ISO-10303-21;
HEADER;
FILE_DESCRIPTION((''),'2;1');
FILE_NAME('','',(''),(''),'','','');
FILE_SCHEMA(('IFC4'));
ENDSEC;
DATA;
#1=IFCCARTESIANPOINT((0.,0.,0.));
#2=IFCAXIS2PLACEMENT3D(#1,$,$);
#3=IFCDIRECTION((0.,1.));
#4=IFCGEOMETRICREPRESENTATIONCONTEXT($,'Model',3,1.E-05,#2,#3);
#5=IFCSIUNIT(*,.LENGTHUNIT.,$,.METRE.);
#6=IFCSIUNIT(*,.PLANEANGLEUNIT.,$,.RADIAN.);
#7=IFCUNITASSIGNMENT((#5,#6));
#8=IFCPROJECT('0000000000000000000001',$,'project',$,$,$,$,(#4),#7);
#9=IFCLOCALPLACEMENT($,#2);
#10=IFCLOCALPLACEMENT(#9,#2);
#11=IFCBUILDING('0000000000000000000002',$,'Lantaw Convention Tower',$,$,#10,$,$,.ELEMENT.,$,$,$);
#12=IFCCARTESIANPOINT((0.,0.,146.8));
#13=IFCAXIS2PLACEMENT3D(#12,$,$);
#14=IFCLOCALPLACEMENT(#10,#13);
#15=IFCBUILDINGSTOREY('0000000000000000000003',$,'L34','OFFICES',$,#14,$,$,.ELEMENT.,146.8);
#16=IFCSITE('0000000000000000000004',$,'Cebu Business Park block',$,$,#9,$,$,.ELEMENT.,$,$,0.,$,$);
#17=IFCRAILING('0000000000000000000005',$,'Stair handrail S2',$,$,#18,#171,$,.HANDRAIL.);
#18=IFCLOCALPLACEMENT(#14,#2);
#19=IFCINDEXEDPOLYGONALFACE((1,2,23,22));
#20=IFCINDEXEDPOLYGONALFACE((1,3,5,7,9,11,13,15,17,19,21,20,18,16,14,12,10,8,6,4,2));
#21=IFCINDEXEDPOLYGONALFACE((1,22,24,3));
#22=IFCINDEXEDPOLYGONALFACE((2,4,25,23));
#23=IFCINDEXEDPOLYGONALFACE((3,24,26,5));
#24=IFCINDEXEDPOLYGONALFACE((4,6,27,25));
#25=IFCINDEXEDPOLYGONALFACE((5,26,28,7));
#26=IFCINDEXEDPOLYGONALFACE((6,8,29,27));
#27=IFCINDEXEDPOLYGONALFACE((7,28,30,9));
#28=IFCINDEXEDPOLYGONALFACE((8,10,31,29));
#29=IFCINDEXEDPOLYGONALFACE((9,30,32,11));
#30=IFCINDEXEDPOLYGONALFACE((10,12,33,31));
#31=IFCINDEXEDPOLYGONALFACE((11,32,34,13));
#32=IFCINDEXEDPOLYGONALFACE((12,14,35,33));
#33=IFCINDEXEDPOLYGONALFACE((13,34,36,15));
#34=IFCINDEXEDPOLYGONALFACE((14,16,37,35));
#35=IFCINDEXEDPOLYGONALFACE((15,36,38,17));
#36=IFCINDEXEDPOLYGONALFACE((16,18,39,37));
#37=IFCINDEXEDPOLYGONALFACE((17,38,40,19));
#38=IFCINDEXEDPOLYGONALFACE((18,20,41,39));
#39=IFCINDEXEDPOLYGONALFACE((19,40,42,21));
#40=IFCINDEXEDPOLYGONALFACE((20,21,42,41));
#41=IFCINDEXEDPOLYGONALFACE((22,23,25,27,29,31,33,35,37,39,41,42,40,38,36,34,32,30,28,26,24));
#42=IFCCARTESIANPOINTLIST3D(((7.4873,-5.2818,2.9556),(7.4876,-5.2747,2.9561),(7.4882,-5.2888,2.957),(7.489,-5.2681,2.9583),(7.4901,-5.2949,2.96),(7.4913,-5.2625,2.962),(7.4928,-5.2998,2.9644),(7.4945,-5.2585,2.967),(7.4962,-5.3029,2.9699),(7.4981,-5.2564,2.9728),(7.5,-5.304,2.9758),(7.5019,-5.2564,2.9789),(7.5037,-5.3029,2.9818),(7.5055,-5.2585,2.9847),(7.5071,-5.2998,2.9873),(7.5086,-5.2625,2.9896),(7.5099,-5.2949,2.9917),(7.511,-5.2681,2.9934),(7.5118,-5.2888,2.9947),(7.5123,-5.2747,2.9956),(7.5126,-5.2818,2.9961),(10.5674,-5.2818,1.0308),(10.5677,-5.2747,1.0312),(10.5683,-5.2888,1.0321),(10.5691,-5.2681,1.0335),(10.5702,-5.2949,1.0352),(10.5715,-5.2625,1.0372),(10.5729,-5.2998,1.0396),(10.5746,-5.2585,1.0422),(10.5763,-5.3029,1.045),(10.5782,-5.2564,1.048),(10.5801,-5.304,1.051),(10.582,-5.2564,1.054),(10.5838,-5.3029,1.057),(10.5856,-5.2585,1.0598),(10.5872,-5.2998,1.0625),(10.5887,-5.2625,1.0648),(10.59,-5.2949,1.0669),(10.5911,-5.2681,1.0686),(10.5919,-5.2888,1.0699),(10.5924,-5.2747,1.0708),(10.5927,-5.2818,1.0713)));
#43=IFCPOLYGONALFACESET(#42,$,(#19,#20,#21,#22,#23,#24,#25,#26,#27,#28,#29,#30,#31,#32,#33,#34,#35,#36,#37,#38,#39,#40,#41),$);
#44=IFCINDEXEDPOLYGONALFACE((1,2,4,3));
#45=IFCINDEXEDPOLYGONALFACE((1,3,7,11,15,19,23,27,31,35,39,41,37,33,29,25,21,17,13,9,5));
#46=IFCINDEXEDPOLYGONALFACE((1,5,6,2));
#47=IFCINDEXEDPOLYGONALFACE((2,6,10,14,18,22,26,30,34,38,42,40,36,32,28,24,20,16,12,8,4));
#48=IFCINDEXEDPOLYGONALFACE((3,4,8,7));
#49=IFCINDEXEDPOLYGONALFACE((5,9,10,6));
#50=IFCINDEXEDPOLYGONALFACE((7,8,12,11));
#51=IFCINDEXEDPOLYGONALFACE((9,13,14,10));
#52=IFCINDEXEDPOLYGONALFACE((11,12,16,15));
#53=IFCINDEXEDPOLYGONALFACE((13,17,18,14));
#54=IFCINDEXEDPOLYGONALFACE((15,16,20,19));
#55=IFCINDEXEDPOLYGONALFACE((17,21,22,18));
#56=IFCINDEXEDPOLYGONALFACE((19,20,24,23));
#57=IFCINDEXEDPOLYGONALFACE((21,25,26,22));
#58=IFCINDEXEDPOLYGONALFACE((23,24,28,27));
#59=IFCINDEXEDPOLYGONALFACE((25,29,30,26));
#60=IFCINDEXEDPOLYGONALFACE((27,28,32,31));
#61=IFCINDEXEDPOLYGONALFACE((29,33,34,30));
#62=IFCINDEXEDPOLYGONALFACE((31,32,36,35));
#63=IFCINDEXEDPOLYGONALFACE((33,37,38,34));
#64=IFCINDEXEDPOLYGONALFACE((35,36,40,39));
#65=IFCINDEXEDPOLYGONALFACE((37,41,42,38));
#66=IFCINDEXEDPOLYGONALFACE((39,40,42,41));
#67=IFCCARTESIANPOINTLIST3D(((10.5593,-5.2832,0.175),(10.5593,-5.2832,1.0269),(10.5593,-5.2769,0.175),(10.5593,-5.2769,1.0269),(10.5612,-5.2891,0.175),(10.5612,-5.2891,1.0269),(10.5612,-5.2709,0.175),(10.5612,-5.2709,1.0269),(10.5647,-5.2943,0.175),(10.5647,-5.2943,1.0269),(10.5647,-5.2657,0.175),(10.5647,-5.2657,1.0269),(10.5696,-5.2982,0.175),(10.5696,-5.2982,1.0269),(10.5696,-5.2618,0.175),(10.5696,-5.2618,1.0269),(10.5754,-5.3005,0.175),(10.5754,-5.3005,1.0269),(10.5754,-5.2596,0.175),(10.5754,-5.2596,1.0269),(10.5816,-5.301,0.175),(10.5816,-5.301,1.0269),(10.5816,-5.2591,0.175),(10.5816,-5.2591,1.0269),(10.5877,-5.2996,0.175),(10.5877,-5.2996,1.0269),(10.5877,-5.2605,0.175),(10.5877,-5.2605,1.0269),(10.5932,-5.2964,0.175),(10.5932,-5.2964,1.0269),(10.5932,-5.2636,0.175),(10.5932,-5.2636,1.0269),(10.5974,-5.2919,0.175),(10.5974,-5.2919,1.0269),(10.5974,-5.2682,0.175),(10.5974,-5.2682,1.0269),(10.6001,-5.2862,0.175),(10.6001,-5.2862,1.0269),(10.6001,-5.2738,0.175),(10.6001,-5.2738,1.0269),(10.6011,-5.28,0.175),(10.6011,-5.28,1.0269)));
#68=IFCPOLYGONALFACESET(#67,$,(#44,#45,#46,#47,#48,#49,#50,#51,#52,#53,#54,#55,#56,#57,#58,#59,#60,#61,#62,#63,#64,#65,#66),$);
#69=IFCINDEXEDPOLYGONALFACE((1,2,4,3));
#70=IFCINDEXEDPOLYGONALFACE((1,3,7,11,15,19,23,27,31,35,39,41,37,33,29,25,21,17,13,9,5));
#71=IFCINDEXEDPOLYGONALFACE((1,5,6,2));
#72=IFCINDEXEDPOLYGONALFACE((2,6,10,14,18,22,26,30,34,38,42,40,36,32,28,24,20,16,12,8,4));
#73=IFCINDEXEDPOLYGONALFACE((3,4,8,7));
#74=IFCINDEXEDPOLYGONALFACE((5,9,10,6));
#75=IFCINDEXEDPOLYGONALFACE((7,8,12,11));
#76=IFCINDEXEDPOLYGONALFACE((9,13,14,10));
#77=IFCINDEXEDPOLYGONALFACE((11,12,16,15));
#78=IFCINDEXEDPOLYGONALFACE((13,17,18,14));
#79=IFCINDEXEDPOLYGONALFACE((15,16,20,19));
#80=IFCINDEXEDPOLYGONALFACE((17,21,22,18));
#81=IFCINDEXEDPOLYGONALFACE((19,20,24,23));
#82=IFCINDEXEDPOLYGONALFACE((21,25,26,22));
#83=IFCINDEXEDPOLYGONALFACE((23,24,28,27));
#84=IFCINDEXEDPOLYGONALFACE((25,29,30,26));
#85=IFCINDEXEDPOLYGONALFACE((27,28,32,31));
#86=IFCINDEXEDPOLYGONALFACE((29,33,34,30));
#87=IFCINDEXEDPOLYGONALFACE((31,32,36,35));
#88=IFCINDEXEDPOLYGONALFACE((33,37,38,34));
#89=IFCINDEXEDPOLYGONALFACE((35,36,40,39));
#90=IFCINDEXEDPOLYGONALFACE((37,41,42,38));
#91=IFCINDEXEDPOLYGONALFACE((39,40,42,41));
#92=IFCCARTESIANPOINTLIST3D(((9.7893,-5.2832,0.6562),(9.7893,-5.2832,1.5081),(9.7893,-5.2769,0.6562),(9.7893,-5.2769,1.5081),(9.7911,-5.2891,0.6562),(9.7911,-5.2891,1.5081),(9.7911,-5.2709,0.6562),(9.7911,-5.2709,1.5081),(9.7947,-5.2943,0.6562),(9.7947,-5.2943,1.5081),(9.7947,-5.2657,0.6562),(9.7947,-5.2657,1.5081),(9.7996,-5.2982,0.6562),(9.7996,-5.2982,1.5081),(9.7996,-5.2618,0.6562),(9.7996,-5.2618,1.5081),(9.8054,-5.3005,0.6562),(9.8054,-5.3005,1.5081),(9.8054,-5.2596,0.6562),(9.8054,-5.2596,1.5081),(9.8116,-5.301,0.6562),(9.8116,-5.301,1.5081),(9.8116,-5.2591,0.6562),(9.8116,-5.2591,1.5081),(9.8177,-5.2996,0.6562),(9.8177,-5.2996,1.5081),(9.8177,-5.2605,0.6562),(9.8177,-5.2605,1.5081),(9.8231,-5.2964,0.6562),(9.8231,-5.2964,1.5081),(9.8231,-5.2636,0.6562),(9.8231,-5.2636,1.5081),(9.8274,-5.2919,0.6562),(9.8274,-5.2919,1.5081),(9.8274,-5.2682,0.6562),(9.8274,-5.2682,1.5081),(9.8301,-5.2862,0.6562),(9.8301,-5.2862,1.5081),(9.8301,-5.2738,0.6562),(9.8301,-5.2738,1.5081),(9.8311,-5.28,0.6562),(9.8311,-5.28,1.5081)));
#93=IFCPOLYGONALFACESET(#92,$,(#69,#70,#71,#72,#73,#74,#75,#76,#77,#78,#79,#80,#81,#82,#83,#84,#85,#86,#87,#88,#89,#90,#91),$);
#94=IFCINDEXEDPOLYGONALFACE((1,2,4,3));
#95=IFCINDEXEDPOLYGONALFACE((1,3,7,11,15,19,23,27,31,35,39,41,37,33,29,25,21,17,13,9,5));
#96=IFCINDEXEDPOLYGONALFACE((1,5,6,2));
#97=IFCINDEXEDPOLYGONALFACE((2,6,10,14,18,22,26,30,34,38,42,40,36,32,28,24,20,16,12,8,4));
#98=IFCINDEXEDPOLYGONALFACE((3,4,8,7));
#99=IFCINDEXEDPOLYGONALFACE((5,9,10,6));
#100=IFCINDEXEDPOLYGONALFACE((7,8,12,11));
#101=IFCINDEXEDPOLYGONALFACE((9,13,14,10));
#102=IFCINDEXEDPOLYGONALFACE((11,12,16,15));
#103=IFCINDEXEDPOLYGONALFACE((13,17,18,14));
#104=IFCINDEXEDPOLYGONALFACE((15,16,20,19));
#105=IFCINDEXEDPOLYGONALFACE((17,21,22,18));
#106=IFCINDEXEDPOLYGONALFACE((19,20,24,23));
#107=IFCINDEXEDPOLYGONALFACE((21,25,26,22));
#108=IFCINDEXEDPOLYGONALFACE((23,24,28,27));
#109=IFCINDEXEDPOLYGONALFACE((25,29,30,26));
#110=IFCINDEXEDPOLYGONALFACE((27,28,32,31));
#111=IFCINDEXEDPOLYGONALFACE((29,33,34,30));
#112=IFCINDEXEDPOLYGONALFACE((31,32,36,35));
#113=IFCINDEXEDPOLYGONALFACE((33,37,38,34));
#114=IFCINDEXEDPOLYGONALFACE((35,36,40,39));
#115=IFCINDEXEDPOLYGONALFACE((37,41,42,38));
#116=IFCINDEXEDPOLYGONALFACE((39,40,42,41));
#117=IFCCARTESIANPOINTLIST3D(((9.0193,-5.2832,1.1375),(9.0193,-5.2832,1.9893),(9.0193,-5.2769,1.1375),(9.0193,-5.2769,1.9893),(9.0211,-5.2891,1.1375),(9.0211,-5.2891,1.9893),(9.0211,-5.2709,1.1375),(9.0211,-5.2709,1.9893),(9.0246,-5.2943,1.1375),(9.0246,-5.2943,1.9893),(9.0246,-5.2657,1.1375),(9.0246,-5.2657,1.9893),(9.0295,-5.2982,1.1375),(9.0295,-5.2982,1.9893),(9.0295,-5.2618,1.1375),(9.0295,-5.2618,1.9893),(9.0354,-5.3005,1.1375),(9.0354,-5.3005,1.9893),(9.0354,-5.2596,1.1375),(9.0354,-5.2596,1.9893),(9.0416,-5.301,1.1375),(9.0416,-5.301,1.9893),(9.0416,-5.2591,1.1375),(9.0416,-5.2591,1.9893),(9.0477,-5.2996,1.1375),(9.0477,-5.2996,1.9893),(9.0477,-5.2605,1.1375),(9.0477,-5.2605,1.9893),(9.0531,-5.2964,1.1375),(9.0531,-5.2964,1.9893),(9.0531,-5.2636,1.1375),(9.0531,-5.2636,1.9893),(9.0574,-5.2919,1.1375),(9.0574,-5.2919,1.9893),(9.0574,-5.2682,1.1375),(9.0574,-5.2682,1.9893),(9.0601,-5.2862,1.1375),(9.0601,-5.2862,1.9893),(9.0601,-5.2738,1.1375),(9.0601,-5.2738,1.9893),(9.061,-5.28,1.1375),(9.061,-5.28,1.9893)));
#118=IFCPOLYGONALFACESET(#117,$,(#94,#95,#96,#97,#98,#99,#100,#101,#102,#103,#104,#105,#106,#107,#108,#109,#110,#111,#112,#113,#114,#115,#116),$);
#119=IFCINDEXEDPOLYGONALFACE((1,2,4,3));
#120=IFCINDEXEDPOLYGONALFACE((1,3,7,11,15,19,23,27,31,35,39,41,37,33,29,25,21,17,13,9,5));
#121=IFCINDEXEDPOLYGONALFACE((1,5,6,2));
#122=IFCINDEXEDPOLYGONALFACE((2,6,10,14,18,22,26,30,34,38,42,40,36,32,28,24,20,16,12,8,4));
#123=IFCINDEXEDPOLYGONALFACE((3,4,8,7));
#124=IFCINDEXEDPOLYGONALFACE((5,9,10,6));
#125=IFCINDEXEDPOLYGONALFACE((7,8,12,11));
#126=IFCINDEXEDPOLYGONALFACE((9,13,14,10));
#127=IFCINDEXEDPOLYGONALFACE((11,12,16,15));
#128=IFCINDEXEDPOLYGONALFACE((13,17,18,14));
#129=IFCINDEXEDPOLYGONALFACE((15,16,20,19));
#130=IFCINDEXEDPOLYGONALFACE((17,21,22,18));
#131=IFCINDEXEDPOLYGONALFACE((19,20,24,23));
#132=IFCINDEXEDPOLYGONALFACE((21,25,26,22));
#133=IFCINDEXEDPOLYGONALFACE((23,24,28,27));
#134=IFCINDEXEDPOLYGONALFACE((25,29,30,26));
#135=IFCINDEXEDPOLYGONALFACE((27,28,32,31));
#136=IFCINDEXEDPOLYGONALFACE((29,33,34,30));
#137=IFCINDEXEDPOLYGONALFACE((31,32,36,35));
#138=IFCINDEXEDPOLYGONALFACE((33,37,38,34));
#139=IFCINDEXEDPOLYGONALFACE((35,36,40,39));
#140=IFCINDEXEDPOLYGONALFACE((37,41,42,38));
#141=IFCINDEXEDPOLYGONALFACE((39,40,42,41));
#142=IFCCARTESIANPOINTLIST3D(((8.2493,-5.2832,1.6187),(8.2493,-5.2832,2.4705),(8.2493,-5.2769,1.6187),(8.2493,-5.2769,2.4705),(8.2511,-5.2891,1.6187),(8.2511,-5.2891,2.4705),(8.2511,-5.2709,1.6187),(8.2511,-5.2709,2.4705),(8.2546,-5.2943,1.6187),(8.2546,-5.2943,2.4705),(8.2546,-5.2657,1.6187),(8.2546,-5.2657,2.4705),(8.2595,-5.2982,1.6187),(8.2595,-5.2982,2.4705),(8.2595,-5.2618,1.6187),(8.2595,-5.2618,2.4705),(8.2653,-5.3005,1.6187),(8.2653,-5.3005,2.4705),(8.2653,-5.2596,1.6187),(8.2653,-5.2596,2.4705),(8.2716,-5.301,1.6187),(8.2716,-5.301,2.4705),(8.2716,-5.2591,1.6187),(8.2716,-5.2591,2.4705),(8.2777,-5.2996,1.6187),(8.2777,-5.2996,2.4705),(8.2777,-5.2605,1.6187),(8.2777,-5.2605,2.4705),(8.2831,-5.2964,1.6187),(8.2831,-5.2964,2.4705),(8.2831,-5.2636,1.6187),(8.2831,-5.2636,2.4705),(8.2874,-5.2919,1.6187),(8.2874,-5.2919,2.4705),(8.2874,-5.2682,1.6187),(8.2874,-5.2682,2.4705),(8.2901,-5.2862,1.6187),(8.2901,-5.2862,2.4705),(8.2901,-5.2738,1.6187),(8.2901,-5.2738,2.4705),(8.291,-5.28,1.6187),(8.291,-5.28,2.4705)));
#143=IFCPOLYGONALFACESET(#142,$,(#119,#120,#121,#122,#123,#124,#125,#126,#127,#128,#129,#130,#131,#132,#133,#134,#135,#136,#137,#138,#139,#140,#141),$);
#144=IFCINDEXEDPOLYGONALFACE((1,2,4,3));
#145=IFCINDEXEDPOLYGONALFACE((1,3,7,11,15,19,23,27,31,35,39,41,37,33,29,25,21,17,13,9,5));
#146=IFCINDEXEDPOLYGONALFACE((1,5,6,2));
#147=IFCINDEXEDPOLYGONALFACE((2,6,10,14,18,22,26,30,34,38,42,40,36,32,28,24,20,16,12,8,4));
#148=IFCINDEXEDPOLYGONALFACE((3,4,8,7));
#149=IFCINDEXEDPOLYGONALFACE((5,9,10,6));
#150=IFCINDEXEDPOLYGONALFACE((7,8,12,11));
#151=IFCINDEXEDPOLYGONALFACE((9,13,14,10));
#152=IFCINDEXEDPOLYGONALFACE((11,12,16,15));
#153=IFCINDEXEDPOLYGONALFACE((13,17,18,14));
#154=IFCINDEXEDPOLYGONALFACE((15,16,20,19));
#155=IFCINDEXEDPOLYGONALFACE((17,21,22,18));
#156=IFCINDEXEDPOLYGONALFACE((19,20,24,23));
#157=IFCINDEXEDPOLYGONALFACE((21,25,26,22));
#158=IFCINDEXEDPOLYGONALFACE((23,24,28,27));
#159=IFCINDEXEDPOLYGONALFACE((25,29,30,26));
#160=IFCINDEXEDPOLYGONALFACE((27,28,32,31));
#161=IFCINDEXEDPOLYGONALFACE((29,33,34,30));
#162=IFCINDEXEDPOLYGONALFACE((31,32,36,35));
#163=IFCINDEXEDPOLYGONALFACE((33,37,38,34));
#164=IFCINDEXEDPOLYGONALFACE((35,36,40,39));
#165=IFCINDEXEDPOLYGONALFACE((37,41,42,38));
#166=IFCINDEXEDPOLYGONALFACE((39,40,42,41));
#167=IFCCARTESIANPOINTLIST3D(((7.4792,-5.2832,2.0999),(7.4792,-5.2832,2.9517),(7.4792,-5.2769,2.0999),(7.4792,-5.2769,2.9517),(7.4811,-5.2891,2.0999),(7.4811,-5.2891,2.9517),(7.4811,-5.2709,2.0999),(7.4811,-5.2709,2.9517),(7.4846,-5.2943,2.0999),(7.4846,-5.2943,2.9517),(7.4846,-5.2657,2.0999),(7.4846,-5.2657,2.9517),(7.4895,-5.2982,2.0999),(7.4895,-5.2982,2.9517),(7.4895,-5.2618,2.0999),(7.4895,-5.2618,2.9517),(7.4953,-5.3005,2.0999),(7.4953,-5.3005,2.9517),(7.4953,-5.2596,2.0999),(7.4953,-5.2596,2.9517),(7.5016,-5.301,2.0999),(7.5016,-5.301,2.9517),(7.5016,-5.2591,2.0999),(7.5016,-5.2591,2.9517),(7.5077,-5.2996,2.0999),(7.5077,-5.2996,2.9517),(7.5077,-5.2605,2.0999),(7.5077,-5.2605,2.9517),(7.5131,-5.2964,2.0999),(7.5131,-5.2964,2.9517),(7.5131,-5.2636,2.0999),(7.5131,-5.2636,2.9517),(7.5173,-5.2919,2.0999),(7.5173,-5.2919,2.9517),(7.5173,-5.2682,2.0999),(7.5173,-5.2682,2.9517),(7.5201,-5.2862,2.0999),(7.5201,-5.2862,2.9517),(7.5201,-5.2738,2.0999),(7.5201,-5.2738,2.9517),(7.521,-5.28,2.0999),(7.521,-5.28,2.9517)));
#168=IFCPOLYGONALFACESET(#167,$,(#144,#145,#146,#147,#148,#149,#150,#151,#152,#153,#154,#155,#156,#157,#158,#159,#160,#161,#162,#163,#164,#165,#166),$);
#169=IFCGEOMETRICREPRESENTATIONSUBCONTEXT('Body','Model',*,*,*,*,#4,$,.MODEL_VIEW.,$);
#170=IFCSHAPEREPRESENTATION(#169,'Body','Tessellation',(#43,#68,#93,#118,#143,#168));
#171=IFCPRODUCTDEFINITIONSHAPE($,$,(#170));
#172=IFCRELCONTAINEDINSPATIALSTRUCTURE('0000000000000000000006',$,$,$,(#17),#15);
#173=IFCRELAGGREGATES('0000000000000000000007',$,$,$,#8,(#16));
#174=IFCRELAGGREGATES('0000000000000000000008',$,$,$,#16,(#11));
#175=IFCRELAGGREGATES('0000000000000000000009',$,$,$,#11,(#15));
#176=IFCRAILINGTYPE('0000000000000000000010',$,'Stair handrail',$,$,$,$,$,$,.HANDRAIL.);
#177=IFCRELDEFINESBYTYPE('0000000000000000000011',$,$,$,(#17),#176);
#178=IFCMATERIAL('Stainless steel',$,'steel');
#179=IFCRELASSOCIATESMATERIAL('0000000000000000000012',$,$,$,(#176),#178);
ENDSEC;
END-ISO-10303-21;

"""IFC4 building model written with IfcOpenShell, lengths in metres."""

from ifc_helpers import new_model, si_unit, direction, frame, origin, origin_2d, place, context, subcontext, project, spatial, circle, extrude, material, type_object, element, save


model = new_model("IFC4")

# Units and contexts
model_context = context("Model", 3, precision=1e-05, world=origin(), true_north=direction((0.0, 1.0)))
body_context = subcontext(model_context, "Body", "Model", "MODEL_VIEW")
ifc_project = project(units=[si_unit("LENGTHUNIT", "METRE"), si_unit("PLANEANGLEUNIT", "RADIAN")], contexts=[model_context])

# Site, building, storey
site_placement = place(None, origin())
site = spatial("IfcSite", under=ifc_project, at=site_placement, Name="Cebu Business Park block", CompositionType="ELEMENT", RefElevation=0.0)
building_placement = place(site_placement, origin())
building = spatial("IfcBuilding", under=site, at=building_placement, Name="Lantaw Convention Tower", CompositionType="ELEMENT")
storey_placement = place(building_placement, frame((0.0, 0.0, 146.8)))
storey = spatial("IfcBuildingStorey", under=building, at=storey_placement, Name="L34", Description="OFFICES", CompositionType="ELEMENT", Elevation=146.8)

# Railing
ifc_material_1 = material(Name="Stainless steel", Category="steel")
railing_type = type_object("IfcRailingType", Name="Stair handrail", PredefinedType="HANDRAIL", material=ifc_material_1)
railing_1_placement = place(storey_placement, frame((10.5801, -5.28, 0.175)))
element("IfcRailing", 1, at=railing_1_placement, inside=storey, type_object=railing_type, Name="Stair handrail S2", PredefinedType="HANDRAIL", context=body_context, shape_type="SweptSolid", body=[
    extrude(circle(Radius=0.0239, at=origin_2d()), frame((0.0, 0.0, 0.876), z_axis=(-0.848029, 0.0, 0.529951), x_axis=(0.0, -1.0, 0.0)), (0.0, 0.0, 1.0), 3.6321),
    extrude(circle(Radius=0.021, at=origin_2d()), origin(), (0.0, 0.0, 1.0), 0.8518),
    extrude(circle(Radius=0.021, at=origin_2d()), frame((-0.77, 0.0, 0.4812)), (0.0, 0.0, 1.0), 0.8518),
    extrude(circle(Radius=0.021, at=origin_2d()), frame((-1.54, 0.0, 0.9624)), (0.0, 0.0, 1.0), 0.8518),
    extrude(circle(Radius=0.021, at=origin_2d()), frame((-2.3101, 0.0, 1.4436)), (0.0, 0.0, 1.0), 0.8518),
    extrude(circle(Radius=0.021, at=origin_2d()), frame((-3.0801, 0.0, 1.9248)), (0.0, 0.0, 1.0), 0.8518),
])

save(model, "model.ifc")
